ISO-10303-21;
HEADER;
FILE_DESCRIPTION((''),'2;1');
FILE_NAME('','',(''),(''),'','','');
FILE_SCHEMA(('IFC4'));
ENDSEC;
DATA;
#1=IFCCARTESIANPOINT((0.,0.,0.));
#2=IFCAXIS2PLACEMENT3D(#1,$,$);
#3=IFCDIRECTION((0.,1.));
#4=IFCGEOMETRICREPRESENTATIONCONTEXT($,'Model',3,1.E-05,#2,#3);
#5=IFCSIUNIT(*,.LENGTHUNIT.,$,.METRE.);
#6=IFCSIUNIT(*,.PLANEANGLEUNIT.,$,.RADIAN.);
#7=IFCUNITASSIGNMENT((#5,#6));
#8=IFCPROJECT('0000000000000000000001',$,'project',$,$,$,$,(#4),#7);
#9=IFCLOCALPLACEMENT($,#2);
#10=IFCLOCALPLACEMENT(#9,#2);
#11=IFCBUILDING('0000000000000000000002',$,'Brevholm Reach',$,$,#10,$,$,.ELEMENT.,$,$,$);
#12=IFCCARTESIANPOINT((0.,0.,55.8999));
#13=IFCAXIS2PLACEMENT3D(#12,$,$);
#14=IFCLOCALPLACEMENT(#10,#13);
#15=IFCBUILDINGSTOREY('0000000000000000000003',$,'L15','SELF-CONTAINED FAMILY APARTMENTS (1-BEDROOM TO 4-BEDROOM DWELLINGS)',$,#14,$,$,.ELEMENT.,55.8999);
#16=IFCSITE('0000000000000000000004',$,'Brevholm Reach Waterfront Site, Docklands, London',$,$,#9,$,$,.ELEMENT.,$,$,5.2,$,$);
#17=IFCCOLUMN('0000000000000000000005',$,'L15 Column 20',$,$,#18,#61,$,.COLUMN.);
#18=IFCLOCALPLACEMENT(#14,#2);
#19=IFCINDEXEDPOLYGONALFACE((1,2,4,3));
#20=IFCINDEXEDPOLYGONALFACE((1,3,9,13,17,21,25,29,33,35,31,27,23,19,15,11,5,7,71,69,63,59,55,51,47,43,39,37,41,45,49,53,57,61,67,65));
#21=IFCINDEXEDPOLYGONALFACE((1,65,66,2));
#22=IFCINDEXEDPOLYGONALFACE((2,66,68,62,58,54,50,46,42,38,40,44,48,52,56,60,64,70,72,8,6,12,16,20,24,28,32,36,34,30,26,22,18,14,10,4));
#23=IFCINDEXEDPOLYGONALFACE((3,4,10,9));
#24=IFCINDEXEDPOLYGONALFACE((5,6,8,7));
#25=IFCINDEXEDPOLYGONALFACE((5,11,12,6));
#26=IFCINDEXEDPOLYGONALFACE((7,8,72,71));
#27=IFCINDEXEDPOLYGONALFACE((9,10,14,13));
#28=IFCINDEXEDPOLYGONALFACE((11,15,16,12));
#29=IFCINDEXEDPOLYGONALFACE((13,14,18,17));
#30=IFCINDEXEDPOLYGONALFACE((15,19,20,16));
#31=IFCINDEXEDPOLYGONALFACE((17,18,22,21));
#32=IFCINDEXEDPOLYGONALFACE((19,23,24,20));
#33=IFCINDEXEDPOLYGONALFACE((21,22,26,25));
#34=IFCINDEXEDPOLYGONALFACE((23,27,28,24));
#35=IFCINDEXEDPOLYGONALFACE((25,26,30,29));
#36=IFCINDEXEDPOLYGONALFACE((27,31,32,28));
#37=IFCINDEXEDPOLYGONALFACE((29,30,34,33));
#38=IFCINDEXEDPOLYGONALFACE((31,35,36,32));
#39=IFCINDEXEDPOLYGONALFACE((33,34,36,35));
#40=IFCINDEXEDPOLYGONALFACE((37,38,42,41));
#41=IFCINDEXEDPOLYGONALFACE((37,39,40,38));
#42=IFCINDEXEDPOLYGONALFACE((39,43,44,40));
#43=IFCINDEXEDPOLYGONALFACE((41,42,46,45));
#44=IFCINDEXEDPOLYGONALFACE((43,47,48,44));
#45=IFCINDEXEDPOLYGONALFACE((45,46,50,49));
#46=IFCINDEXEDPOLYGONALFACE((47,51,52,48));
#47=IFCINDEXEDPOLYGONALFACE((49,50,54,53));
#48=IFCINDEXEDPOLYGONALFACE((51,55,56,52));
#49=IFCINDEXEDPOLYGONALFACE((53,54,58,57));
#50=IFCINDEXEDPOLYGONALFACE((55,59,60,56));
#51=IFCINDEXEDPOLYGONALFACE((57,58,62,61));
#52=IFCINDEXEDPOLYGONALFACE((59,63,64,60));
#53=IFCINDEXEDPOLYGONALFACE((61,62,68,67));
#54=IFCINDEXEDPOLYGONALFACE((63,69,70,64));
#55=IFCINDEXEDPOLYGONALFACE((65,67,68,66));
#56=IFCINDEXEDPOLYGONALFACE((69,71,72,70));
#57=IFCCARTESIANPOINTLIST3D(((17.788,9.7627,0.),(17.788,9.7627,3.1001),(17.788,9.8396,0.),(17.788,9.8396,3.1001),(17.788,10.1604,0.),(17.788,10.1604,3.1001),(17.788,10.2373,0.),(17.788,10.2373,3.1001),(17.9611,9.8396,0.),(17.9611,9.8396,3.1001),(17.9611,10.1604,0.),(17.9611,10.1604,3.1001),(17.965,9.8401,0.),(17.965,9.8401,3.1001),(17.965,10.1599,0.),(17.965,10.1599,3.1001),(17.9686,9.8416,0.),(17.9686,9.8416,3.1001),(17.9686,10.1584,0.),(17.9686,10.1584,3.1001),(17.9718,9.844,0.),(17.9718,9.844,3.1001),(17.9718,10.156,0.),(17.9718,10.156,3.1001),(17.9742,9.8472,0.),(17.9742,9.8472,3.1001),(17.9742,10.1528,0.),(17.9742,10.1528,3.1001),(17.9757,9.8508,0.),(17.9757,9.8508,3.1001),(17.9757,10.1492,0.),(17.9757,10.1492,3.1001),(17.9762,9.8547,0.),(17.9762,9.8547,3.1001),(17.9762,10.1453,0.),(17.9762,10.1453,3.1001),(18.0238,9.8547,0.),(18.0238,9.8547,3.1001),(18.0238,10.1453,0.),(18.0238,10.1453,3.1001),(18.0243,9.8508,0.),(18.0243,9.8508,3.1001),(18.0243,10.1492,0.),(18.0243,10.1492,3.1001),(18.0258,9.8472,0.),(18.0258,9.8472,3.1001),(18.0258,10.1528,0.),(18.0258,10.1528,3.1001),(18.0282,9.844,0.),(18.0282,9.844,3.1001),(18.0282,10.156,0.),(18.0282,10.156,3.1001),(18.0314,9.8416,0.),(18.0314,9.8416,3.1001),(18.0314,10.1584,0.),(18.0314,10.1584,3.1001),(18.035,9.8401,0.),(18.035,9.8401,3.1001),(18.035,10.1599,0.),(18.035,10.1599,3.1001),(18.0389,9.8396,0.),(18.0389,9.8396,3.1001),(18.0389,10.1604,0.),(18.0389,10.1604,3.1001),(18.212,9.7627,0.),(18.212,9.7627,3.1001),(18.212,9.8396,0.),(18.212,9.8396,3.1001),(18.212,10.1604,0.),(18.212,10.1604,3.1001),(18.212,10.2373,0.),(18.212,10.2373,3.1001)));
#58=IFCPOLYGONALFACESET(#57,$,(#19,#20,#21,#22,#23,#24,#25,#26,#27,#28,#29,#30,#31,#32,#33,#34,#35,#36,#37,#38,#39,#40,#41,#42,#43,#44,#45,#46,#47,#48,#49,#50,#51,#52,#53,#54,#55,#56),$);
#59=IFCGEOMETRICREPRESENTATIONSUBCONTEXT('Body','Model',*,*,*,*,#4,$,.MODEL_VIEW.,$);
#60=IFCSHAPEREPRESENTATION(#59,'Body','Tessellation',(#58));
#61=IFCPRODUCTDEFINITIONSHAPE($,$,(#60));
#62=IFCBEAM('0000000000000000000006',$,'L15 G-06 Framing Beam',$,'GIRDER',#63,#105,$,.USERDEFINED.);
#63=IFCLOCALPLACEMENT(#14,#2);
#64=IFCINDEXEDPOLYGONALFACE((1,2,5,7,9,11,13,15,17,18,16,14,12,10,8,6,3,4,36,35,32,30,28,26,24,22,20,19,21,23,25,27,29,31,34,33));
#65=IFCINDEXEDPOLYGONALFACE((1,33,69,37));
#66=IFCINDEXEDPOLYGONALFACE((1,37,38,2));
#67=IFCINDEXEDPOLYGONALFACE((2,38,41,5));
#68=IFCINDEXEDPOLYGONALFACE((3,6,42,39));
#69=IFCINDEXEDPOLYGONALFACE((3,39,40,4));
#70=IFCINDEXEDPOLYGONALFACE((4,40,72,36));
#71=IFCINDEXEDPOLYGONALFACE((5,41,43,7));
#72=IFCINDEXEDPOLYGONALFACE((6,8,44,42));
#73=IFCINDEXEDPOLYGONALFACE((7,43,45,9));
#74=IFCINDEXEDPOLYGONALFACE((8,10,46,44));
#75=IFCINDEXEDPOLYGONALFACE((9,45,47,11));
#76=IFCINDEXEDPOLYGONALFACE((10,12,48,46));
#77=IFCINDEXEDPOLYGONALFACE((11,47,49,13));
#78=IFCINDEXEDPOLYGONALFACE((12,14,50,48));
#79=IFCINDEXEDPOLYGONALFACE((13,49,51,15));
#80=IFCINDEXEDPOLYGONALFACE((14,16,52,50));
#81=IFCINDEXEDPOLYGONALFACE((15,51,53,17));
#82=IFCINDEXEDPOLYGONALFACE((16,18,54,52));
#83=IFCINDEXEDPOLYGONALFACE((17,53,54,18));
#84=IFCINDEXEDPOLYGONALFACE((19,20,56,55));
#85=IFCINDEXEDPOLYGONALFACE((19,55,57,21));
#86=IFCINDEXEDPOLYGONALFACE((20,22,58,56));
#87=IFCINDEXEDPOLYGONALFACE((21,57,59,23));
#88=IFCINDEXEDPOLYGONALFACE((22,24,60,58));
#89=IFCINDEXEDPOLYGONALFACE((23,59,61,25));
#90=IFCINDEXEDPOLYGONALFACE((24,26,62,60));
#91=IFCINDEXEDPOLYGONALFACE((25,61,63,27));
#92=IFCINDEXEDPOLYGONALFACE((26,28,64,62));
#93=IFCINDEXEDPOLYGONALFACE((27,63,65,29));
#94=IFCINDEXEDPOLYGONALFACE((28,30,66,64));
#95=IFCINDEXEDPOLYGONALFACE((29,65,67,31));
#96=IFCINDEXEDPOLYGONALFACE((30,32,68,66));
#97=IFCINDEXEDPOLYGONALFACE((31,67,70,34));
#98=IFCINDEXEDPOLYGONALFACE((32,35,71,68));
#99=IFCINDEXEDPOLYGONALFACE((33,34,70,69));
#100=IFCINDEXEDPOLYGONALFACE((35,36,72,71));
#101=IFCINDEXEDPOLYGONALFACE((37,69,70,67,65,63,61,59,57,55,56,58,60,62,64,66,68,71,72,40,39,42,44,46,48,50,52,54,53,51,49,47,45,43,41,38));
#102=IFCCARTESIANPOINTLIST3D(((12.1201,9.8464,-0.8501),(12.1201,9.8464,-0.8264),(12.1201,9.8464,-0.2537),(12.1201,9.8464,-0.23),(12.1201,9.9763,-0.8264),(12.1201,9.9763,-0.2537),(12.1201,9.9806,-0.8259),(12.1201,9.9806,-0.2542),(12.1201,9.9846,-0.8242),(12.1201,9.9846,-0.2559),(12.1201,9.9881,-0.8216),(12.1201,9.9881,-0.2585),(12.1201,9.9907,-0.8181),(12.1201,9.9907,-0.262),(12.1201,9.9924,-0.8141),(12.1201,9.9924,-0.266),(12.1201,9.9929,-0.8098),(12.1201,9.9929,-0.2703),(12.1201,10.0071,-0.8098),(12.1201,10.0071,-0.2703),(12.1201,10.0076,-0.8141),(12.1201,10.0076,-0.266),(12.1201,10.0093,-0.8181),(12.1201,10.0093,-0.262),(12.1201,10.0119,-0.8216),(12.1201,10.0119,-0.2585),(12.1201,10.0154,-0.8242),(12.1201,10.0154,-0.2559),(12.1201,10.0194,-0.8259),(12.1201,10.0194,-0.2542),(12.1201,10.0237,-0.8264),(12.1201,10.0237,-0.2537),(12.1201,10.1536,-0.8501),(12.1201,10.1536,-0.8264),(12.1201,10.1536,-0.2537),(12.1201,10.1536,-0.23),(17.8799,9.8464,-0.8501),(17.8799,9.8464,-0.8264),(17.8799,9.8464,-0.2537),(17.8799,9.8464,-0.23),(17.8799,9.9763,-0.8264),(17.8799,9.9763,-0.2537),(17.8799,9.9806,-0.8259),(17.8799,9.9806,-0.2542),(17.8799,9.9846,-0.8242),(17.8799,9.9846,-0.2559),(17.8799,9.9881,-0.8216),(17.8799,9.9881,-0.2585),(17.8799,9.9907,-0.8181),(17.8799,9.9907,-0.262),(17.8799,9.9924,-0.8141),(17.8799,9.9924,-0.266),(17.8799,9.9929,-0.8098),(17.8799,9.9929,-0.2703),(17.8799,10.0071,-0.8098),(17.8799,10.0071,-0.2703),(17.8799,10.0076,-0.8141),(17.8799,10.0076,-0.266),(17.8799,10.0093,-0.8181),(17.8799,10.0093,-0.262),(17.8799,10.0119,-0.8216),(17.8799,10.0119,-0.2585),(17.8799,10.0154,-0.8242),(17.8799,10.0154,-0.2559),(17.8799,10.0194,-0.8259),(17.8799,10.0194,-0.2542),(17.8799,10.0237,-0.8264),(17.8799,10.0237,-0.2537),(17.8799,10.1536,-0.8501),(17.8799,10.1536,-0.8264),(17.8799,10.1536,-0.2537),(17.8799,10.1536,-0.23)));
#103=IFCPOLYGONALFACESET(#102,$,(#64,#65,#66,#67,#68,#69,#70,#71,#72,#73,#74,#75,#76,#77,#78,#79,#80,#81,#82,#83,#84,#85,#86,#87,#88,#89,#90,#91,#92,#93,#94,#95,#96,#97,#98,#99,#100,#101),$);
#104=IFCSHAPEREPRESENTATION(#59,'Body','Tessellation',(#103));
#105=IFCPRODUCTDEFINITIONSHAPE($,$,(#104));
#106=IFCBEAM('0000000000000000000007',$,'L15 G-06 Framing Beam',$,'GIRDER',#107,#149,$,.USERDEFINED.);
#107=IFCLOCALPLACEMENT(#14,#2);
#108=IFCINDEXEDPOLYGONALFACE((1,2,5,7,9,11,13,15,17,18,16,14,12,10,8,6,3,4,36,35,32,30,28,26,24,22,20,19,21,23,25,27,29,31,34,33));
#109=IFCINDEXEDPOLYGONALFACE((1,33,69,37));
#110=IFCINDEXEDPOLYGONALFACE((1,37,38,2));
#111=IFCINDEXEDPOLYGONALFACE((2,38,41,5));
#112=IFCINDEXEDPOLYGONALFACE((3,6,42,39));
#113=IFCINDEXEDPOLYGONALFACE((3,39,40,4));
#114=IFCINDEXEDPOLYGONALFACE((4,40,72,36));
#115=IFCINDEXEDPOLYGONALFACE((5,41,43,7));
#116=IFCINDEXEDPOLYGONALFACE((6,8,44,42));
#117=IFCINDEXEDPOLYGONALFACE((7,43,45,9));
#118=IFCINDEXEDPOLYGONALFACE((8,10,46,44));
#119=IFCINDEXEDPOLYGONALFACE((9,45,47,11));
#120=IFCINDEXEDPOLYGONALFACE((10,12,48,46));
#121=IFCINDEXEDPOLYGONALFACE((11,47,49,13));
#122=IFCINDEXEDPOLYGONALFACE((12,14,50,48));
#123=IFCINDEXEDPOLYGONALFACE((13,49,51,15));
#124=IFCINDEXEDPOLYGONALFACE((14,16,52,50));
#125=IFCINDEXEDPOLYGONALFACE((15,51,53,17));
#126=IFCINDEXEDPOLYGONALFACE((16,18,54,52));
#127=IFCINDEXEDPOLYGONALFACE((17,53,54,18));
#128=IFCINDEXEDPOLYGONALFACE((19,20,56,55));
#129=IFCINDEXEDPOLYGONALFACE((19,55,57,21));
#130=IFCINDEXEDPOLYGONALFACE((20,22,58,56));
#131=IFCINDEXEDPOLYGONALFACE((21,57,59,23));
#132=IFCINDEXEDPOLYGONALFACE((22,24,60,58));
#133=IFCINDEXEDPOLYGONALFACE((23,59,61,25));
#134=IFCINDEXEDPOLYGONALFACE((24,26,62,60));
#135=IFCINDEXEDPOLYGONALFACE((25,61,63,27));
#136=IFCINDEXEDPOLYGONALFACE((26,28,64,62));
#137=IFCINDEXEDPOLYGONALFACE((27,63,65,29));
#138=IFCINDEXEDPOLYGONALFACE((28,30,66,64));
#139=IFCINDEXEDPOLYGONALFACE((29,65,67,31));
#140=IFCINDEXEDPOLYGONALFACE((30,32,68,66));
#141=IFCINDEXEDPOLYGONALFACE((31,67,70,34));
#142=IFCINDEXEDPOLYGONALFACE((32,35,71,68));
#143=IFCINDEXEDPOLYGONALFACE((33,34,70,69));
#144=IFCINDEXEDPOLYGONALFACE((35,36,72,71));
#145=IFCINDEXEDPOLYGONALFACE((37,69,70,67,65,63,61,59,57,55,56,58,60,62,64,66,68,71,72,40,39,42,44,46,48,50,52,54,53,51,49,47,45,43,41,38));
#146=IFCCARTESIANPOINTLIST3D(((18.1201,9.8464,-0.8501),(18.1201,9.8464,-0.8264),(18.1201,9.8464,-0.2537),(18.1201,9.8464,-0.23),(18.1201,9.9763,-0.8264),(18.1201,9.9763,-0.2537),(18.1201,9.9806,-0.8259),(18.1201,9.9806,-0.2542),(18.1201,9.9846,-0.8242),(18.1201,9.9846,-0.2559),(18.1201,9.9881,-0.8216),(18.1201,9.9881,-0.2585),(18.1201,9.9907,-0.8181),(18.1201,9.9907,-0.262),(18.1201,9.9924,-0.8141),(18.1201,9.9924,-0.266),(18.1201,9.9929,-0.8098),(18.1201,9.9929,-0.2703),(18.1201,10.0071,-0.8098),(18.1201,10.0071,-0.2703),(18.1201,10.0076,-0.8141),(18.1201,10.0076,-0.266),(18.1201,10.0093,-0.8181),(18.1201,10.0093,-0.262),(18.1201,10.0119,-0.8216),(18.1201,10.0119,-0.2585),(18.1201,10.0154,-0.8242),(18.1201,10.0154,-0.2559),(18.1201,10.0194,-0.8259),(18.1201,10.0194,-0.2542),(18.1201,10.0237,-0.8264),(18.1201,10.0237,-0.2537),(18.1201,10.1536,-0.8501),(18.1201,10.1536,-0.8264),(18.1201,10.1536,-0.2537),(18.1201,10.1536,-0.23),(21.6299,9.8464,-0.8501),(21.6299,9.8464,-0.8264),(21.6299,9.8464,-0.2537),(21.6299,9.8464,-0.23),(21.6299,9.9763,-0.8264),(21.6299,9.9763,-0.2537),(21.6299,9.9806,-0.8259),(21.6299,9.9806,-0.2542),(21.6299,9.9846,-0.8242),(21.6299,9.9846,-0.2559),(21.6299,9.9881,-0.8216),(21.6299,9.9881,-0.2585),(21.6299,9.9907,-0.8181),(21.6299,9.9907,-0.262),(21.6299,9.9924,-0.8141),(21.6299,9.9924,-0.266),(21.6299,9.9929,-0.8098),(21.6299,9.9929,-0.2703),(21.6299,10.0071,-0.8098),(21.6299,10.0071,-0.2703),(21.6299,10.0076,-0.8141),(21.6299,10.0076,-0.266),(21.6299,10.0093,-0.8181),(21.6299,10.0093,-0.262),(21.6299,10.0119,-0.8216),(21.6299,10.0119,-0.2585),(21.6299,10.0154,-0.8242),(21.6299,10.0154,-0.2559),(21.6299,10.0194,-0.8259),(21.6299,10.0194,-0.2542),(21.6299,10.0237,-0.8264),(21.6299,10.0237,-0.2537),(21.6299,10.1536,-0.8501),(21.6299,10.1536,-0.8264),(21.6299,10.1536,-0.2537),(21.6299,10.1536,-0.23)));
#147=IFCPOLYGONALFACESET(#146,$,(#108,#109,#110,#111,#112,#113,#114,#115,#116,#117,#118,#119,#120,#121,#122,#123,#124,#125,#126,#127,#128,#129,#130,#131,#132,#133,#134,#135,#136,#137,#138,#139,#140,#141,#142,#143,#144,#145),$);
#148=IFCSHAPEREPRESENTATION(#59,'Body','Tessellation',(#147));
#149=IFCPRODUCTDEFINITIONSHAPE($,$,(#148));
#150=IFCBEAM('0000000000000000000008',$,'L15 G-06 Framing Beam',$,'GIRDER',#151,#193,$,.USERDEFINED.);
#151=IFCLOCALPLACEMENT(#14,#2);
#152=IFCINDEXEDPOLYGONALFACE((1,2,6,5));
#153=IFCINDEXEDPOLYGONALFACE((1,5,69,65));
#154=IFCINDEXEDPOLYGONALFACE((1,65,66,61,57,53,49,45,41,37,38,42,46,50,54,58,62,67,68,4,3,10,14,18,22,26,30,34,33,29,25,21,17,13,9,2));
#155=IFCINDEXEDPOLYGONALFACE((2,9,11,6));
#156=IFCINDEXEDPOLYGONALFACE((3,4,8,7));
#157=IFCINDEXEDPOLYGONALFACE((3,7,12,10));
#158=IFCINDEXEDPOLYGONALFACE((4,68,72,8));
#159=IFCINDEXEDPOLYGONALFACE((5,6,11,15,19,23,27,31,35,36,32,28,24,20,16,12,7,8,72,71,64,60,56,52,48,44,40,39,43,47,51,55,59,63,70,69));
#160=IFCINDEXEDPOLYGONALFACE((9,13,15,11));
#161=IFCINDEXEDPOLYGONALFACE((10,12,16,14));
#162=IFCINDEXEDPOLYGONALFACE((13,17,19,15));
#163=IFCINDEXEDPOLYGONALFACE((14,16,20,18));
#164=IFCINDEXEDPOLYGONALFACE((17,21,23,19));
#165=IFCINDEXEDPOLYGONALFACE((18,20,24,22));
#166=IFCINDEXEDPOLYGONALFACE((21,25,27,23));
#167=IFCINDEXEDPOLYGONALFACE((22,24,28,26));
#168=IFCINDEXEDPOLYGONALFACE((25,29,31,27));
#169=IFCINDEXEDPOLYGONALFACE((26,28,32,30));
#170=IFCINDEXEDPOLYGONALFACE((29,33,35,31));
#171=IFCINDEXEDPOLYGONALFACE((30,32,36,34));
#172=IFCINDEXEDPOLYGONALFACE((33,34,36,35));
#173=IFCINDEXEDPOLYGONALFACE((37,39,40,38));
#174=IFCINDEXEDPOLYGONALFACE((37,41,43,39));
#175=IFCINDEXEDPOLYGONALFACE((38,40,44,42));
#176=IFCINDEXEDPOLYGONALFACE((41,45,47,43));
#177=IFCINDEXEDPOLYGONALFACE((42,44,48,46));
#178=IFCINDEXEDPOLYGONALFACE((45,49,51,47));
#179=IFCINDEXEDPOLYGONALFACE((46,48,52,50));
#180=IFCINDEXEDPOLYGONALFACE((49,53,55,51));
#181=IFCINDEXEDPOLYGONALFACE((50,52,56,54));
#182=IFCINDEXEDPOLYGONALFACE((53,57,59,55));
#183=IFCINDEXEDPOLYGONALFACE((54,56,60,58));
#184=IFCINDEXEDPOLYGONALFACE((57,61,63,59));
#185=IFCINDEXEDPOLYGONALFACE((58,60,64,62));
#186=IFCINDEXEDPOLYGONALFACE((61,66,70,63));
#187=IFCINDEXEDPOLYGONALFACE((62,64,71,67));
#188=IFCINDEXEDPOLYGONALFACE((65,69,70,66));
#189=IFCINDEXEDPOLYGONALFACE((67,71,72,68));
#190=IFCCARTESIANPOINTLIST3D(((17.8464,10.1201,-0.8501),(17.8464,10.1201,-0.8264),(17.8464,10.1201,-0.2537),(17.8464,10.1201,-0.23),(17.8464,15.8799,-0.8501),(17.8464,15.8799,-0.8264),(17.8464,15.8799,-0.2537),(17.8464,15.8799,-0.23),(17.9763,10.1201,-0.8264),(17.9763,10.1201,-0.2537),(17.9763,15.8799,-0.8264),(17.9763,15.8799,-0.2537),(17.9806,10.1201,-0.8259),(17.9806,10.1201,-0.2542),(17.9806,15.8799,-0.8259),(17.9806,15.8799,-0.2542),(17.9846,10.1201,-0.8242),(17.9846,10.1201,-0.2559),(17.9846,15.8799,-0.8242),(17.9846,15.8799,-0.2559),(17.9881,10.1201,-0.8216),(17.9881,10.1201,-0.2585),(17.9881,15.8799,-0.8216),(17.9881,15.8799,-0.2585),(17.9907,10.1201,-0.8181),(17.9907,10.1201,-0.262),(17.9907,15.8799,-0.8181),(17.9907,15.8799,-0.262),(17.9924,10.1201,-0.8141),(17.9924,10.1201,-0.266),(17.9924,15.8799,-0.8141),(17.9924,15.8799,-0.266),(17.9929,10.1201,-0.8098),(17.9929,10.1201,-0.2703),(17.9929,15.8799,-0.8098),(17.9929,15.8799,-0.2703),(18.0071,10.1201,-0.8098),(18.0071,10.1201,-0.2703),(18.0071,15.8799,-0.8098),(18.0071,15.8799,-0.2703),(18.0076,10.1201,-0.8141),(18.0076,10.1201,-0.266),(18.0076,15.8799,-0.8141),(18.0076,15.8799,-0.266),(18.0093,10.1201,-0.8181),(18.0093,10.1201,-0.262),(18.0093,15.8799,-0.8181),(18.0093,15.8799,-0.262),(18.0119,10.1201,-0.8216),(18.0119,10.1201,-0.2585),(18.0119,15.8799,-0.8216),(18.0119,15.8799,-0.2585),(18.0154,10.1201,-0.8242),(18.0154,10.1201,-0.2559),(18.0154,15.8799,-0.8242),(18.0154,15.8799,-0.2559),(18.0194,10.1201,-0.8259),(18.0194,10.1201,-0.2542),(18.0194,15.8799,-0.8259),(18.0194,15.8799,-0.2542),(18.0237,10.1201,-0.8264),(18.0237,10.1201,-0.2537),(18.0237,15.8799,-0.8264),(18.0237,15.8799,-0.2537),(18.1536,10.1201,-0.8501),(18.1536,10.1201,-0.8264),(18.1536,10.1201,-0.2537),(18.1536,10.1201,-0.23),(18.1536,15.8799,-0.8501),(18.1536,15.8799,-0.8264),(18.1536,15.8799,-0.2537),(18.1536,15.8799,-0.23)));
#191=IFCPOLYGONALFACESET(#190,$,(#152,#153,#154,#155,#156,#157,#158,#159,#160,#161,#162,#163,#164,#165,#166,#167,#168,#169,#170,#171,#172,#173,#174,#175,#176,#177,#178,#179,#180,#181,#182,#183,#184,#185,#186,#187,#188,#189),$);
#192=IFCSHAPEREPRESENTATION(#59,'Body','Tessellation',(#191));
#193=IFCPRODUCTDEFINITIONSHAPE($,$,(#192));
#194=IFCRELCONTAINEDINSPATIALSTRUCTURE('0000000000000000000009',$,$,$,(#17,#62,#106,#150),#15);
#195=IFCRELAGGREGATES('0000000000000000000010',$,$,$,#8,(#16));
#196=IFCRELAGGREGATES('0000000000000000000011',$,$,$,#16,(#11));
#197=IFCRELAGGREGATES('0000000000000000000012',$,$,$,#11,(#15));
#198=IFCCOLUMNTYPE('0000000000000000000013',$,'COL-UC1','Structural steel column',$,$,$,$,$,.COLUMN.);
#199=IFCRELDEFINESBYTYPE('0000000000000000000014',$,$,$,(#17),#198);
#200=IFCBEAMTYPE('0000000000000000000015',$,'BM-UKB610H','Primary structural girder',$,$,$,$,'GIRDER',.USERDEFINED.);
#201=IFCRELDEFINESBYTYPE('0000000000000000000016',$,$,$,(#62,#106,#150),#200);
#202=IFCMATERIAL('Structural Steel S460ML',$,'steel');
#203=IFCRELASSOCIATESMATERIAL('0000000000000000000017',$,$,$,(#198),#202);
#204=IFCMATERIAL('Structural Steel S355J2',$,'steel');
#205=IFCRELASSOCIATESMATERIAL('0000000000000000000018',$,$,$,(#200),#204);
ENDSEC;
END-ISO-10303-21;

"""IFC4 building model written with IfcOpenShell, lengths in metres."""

from ifc_helpers import new_model, si_unit, direction, frame, origin, origin_2d, place, context, subcontext, project, spatial, i_section, extrude, material, material_profile, profile_set, type_object, element, save


model = new_model("IFC4")

# Units and contexts
model_context = context("Model", 3, precision=1e-05, world=origin(), true_north=direction((0.0, 1.0)))
body_context = subcontext(model_context, "Body", "Model", "MODEL_VIEW")
ifc_project = project(units=[si_unit("LENGTHUNIT", "METRE"), si_unit("PLANEANGLEUNIT", "RADIAN")], contexts=[model_context])

# Site, building, storey
site_placement = place(None, origin())
site = spatial("IfcSite", under=ifc_project, at=site_placement, Name="Brevholm Reach Waterfront Site, Docklands, London", CompositionType="ELEMENT", RefElevation=5.2)
building_placement = place(site_placement, origin())
building = spatial("IfcBuilding", under=site, at=building_placement, Name="Brevholm Reach", CompositionType="ELEMENT")
storey_placement = place(building_placement, frame((0.0, 0.0, 55.8999)))
storey = spatial("IfcBuildingStorey", under=building, at=storey_placement, Name="L15", Description="SELF-CONTAINED FAMILY APARTMENTS (1-BEDROOM TO 4-BEDROOM DWELLINGS)", CompositionType="ELEMENT", Elevation=55.8999)

# Column
ifc_material_1 = material(Name="Structural Steel S460ML", Category="steel")
ifc_material_profile_1 = material_profile(ifc_material_1, i_section(OverallWidth=0.4241, OverallDepth=0.4746, WebThickness=0.0476, FlangeThickness=0.0769, FilletRadius=0.0151, at=origin_2d()), Name="UKC 356x406x634")
ifc_profile_set_1 = profile_set([ifc_material_profile_1], Name="Structural Steel S460ML")
column_type = type_object("IfcColumnType", Name="COL-UC1", Description="Structural steel column", PredefinedType="COLUMN", material=ifc_profile_set_1)
column_placement = place(storey_placement, frame((18.0, 10.0, 0.0), z_axis=(0.0, 0.0, 1.0), x_axis=(1.0, 0.0, 0.0)))
element("IfcColumn", 1, at=column_placement, inside=storey, type_object=column_type, Name="L15 Column 20", PredefinedType="COLUMN", context=body_context, shape_type="SweptSolid", body=[
    extrude(i_section(OverallWidth=0.4241, OverallDepth=0.4746, WebThickness=0.0476, FlangeThickness=0.0769, FilletRadius=0.0151, at=origin_2d()), origin(), (0.0, 0.0, 1.0), 3.1001),
])

# Beams
ifc_material_2 = material(Name="Structural Steel S355J2", Category="steel")
ifc_material_profile_2 = material_profile(ifc_material_2, i_section(OverallWidth=0.3071, OverallDepth=0.6201, WebThickness=0.0142, FlangeThickness=0.0237, FilletRadius=0.0166, at=origin_2d()), Name="UKB 610x305x179")
ifc_profile_set_2 = profile_set([ifc_material_profile_2], Name="Structural Steel S355J2")
beam_type = type_object("IfcBeamType", Name="BM-UKB610H", Description="Primary structural girder", ElementType="GIRDER", PredefinedType="USERDEFINED", material=ifc_profile_set_2)
beam_1_placement = place(storey_placement, frame((12.1201, 10.0, -0.54), z_axis=(1.0, 0.0, 0.0), x_axis=(0.0, 1.0, 0.0)))
element("IfcBeam", 2, at=beam_1_placement, inside=storey, type_object=beam_type, Name="L15 G-06 Framing Beam", ObjectType="GIRDER", PredefinedType="USERDEFINED", context=body_context, shape_type="SweptSolid", body=[
    extrude(i_section(OverallWidth=0.3071, OverallDepth=0.6201, WebThickness=0.0142, FlangeThickness=0.0237, FilletRadius=0.0166, at=origin_2d()), origin(), (0.0, 0.0, 1.0), 5.7598),
])
beam_2_placement = place(storey_placement, frame((18.1201, 10.0, -0.54), z_axis=(1.0, 0.0, 0.0), x_axis=(0.0, 1.0, 0.0)))
element("IfcBeam", 3, at=beam_2_placement, inside=storey, type_object=beam_type, Name="L15 G-06 Framing Beam", ObjectType="GIRDER", PredefinedType="USERDEFINED", context=body_context, shape_type="SweptSolid", body=[
    extrude(i_section(OverallWidth=0.3071, OverallDepth=0.6201, WebThickness=0.0142, FlangeThickness=0.0237, FilletRadius=0.0166, at=origin_2d()), origin(), (0.0, 0.0, 1.0), 3.5098),
])
beam_3_placement = place(storey_placement, frame((18.0, 10.1201, -0.54), z_axis=(0.0, 1.0, 0.0), x_axis=(-1.0, 0.0, 0.0)))
element("IfcBeam", 4, at=beam_3_placement, inside=storey, type_object=beam_type, Name="L15 G-06 Framing Beam", ObjectType="GIRDER", PredefinedType="USERDEFINED", context=body_context, shape_type="SweptSolid", body=[
    extrude(i_section(OverallWidth=0.3071, OverallDepth=0.6201, WebThickness=0.0142, FlangeThickness=0.0237, FilletRadius=0.0166, at=origin_2d()), origin(), (0.0, 0.0, 1.0), 5.7598),
])

save(model, "model.ifc")
